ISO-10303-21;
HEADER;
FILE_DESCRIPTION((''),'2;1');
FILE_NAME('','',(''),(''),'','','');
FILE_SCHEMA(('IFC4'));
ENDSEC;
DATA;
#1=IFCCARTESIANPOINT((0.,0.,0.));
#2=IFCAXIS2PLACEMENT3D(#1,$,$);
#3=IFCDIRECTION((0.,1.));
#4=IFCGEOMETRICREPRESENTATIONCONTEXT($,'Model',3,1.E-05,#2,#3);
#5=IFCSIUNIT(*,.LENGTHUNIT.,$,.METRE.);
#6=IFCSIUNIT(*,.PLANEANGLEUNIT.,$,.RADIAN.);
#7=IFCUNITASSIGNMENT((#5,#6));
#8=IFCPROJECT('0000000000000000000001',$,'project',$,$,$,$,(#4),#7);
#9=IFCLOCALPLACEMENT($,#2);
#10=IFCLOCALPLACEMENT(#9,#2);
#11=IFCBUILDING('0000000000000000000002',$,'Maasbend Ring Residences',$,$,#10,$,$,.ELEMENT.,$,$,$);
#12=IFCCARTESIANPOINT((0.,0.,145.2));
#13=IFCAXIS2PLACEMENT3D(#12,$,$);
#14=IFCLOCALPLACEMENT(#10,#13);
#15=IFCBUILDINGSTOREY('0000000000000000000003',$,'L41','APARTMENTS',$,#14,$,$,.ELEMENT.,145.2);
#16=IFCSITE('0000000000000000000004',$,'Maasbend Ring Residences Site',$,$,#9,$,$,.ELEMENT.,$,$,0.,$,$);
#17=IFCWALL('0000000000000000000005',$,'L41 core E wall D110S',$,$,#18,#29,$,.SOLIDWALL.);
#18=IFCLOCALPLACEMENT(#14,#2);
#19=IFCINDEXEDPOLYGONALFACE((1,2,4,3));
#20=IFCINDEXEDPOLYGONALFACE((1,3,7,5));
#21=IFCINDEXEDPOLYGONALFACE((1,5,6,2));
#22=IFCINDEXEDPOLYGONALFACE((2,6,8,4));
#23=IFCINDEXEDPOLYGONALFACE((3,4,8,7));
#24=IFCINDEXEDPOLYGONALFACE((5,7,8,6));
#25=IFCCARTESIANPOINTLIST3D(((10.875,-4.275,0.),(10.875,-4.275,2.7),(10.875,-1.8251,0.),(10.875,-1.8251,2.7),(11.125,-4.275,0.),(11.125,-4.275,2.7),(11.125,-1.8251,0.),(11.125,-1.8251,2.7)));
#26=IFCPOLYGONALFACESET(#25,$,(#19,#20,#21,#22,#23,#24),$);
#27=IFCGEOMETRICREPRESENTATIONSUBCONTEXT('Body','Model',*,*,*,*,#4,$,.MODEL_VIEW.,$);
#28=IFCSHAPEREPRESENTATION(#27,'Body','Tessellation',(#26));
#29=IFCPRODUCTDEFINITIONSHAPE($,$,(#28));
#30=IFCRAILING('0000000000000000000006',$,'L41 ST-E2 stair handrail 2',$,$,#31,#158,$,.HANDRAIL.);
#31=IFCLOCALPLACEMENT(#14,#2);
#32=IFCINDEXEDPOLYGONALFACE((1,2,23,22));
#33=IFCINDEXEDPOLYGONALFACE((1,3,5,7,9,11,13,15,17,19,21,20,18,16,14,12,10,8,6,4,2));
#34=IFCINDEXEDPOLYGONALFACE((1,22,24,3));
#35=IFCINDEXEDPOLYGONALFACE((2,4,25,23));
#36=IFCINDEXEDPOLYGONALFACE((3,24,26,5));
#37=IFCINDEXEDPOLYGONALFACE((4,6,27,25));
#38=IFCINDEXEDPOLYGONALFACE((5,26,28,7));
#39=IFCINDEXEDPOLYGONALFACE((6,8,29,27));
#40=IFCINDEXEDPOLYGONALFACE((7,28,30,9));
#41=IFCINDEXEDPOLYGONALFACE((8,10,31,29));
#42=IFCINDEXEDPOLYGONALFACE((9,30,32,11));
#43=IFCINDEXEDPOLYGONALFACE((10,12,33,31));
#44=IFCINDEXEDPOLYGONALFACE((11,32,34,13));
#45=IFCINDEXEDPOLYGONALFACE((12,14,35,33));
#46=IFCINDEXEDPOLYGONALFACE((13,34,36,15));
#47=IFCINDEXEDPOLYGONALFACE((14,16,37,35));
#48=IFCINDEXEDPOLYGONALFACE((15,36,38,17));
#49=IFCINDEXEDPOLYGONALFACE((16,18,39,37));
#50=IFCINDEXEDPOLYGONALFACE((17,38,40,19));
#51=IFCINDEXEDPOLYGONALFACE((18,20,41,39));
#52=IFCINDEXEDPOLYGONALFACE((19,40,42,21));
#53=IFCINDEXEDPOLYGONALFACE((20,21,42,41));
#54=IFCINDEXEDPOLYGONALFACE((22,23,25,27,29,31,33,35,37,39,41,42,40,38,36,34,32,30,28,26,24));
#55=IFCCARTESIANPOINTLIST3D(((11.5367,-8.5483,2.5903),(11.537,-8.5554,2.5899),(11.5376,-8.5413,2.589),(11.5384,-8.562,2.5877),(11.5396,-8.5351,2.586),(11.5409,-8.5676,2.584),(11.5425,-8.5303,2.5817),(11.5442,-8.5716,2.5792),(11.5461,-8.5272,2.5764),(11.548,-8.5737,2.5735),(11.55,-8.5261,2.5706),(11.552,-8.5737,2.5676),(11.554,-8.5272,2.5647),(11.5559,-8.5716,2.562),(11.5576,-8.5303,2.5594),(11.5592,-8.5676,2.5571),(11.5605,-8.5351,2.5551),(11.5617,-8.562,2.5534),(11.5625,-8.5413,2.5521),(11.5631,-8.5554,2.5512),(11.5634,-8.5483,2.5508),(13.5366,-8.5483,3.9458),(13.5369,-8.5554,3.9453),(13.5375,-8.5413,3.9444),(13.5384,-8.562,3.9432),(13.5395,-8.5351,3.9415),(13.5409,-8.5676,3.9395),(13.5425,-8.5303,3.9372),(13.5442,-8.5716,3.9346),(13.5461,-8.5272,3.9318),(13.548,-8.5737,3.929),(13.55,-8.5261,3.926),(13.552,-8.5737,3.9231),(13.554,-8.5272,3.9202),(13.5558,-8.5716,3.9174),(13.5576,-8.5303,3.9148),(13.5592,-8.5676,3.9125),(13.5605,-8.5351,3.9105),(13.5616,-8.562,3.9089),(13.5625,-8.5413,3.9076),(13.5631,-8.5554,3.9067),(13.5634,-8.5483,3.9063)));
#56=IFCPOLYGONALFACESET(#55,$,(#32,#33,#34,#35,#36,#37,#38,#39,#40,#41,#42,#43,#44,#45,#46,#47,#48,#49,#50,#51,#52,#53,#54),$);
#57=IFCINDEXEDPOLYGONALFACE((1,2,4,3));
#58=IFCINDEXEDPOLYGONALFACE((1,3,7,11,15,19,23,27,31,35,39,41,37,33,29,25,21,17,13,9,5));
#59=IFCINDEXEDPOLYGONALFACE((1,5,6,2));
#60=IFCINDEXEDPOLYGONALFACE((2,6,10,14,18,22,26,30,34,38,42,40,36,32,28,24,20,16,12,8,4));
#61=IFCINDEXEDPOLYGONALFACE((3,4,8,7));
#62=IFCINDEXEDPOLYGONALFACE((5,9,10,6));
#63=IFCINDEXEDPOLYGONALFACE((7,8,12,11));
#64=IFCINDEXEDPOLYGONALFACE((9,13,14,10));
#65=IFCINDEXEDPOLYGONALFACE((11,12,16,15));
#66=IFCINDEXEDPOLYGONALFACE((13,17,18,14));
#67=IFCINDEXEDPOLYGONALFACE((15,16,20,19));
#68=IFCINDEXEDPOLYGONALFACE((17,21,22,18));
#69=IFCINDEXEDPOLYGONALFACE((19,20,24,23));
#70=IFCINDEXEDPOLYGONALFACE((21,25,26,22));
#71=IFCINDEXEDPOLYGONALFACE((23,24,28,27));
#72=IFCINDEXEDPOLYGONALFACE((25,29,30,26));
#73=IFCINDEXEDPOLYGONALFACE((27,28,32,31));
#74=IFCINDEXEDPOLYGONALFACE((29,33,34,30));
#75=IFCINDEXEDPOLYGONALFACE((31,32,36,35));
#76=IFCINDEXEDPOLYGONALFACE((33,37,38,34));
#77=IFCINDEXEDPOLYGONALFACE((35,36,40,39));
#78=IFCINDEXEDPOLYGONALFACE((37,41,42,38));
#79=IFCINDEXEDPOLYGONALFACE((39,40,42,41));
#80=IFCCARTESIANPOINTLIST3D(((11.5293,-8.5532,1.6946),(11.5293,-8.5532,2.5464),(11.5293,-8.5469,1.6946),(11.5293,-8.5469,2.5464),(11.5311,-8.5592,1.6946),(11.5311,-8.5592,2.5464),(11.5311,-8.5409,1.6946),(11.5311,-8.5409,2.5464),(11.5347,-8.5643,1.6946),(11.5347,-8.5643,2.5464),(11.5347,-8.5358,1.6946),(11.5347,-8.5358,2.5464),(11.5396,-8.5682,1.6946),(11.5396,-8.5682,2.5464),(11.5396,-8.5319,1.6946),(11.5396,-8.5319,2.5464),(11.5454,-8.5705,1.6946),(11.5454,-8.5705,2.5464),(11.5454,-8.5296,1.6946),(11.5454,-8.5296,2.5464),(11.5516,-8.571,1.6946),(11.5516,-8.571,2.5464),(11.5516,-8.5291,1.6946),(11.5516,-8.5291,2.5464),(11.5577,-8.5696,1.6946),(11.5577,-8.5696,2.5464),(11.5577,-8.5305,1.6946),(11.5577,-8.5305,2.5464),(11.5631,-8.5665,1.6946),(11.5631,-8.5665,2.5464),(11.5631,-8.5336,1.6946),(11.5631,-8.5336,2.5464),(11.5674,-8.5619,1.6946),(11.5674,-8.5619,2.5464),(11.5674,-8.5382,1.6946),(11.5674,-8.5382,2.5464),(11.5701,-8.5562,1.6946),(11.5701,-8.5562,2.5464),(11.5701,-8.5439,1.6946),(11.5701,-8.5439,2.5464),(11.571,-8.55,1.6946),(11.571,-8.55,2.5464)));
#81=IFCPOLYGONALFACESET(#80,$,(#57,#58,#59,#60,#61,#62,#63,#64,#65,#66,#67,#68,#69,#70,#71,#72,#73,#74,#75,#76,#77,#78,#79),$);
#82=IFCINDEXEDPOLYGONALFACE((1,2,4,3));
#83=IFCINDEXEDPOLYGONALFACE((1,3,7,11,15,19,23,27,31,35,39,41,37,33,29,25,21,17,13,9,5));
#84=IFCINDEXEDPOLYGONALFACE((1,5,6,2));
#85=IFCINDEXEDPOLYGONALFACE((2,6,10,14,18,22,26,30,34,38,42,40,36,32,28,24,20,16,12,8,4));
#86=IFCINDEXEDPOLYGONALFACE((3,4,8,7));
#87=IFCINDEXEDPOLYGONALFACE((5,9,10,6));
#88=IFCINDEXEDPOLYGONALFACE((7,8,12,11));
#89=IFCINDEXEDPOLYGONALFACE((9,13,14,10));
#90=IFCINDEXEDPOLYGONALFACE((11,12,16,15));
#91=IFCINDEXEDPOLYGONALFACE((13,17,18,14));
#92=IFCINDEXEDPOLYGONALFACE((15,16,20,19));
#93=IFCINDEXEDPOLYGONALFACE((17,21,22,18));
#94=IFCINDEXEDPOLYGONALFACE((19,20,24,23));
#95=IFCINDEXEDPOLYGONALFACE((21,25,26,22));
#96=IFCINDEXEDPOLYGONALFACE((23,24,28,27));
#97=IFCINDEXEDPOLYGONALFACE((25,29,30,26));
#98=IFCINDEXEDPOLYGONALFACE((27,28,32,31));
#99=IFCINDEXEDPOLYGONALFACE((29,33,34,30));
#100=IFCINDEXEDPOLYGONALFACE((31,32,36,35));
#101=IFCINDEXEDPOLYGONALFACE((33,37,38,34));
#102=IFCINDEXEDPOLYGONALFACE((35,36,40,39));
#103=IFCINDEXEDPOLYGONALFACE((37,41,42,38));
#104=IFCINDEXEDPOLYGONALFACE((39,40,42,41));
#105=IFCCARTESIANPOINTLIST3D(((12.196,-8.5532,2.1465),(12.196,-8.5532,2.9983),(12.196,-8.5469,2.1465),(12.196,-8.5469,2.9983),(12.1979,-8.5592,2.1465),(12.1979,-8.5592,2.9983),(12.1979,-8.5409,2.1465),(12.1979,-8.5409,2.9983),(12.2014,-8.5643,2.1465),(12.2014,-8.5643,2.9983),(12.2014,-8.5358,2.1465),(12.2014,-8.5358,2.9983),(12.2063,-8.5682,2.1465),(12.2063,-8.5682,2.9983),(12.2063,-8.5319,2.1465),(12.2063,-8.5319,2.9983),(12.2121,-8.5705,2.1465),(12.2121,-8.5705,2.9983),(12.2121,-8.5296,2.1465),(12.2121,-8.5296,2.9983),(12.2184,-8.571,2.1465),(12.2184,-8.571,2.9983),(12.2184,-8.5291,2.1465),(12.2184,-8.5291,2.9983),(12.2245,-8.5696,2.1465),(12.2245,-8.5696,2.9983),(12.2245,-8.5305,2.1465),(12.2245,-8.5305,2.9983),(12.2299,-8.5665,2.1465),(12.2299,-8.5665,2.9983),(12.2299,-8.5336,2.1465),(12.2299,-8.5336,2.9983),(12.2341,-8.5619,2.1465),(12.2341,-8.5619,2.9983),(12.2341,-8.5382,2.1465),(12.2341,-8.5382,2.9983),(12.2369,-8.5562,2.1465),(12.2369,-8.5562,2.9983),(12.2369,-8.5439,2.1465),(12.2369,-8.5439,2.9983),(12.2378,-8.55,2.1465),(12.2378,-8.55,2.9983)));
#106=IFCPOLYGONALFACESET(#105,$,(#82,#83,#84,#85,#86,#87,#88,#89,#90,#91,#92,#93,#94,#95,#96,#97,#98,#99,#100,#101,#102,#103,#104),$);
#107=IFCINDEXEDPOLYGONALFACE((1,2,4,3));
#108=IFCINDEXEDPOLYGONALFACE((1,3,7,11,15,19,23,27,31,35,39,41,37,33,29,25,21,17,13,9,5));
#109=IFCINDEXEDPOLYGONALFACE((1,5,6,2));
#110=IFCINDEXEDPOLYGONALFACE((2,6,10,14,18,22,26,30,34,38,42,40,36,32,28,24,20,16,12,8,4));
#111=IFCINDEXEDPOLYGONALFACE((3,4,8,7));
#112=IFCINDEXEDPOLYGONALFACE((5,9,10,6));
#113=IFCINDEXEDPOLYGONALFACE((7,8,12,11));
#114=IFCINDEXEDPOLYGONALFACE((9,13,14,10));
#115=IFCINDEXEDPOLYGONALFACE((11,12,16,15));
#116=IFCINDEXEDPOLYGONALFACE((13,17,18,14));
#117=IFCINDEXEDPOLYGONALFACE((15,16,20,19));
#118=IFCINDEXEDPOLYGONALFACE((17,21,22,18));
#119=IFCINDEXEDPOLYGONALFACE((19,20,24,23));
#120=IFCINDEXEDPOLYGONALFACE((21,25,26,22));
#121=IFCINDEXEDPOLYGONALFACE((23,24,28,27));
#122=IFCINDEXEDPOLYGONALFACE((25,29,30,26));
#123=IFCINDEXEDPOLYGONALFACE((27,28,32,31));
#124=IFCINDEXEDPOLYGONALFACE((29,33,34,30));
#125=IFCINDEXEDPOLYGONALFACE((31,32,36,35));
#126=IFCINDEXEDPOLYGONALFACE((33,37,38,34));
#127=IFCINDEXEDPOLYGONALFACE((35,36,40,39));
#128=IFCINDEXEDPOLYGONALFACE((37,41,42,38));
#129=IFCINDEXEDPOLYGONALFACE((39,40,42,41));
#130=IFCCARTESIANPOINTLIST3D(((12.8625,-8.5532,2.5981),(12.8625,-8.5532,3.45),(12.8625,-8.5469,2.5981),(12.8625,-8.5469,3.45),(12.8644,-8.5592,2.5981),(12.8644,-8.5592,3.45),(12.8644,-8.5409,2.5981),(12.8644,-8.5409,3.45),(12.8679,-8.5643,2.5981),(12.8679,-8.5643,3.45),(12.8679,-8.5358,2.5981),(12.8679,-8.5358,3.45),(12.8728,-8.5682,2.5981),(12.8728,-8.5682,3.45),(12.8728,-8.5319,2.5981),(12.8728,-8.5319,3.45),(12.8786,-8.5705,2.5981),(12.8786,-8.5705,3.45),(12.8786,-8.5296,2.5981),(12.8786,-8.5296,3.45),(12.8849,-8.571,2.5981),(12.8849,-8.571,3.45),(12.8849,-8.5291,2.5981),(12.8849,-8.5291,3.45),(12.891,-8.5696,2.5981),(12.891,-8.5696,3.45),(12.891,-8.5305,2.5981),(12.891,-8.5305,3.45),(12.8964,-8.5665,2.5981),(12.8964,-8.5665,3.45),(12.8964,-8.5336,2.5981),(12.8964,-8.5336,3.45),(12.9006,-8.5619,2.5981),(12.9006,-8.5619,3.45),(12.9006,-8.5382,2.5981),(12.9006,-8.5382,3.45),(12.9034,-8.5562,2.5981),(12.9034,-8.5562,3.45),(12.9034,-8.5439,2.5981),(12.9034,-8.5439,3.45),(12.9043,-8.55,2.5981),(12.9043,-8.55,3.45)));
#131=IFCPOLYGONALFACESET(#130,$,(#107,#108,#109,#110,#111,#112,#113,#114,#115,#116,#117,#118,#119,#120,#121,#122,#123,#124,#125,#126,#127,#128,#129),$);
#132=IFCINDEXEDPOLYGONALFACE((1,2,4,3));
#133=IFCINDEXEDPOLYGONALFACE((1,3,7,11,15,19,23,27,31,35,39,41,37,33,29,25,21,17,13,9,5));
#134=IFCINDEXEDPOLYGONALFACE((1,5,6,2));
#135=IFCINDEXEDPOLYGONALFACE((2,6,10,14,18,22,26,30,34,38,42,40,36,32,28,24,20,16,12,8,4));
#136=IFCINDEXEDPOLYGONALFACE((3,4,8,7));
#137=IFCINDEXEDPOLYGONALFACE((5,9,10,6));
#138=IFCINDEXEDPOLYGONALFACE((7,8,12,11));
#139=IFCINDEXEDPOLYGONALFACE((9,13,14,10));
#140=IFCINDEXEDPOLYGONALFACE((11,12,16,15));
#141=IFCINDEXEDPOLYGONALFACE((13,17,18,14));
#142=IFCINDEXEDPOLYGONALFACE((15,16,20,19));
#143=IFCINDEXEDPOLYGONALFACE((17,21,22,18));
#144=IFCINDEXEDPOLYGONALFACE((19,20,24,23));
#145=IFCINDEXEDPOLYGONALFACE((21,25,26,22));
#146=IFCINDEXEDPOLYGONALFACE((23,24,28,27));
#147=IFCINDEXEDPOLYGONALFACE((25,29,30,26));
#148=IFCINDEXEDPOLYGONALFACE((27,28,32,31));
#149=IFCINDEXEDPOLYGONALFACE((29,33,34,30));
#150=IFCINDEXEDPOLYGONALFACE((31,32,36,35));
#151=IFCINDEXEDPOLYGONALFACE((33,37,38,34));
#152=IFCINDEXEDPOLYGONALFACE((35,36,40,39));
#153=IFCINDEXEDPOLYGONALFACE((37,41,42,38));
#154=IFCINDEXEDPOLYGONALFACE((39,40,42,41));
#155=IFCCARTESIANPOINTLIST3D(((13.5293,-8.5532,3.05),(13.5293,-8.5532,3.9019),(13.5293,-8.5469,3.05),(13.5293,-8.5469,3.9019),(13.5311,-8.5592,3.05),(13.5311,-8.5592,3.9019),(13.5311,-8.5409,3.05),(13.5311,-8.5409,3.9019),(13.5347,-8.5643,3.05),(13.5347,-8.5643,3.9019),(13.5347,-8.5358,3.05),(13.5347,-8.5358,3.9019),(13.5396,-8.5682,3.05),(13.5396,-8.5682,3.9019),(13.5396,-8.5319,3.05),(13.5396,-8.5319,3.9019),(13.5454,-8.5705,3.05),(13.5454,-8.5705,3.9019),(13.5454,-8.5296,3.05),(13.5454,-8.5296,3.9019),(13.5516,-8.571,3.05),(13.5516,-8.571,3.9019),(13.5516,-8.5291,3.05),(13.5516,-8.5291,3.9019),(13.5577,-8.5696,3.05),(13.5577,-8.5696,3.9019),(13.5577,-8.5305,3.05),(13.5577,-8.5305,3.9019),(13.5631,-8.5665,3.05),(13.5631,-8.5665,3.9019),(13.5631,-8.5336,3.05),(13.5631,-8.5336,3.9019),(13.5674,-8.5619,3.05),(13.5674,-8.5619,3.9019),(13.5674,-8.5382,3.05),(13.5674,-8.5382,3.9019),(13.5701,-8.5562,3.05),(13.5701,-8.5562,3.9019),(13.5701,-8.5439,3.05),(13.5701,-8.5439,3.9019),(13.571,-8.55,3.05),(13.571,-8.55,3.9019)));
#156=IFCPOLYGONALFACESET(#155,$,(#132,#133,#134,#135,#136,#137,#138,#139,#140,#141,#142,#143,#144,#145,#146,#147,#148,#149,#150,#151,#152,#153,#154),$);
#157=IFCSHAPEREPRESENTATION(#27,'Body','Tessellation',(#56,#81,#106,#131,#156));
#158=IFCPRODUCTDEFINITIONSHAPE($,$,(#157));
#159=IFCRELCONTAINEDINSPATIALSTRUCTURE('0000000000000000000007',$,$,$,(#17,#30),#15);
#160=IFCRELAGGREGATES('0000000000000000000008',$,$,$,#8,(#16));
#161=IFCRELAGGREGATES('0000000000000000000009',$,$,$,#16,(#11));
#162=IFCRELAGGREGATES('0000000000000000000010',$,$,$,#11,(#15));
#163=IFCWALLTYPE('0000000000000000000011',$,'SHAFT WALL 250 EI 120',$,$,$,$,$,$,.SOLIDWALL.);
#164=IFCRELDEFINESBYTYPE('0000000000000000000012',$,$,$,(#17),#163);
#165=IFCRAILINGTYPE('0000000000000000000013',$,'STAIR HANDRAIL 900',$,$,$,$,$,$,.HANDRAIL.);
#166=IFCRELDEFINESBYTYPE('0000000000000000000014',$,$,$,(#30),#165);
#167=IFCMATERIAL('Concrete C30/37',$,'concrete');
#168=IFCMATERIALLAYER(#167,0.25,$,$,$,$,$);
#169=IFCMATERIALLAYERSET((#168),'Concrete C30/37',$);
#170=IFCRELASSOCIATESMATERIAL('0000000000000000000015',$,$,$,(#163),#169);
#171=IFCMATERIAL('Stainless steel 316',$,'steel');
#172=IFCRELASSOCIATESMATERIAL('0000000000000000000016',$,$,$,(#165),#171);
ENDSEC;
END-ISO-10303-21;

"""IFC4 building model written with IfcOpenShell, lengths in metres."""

from ifc_helpers import new_model, si_unit, direction, frame, frame_2d, origin, origin_2d, place, context, subcontext, project, spatial, rectangle, circle, extrude, material, layer, layer_set, type_object, element, save


model = new_model("IFC4")

# Units and contexts
model_context = context("Model", 3, precision=1e-05, world=origin(), true_north=direction((0.0, 1.0)))
body_context = subcontext(model_context, "Body", "Model", "MODEL_VIEW")
ifc_project = project(units=[si_unit("LENGTHUNIT", "METRE"), si_unit("PLANEANGLEUNIT", "RADIAN")], contexts=[model_context])

# Site, building, storey
site_placement = place(None, origin())
site = spatial("IfcSite", under=ifc_project, at=site_placement, Name="Maasbend Ring Residences Site", CompositionType="ELEMENT", RefElevation=0.0)
building_placement = place(site_placement, origin())
building = spatial("IfcBuilding", under=site, at=building_placement, Name="Maasbend Ring Residences", CompositionType="ELEMENT")
storey_placement = place(building_placement, frame((0.0, 0.0, 145.2)))
storey = spatial("IfcBuildingStorey", under=building, at=storey_placement, Name="L41", Description="APARTMENTS", CompositionType="ELEMENT", Elevation=145.2)

# Wall
ifc_material_1 = material(Name="Concrete C30/37", Category="concrete")
ifc_layer_1 = layer(ifc_material_1, 0.25)
ifc_layer_set_1 = layer_set([ifc_layer_1], Name="Concrete C30/37")
wall_type_1 = type_object("IfcWallType", Name="SHAFT WALL 250 EI 120", PredefinedType="SOLIDWALL", material=ifc_layer_set_1)
wall_1_placement = place(storey_placement, frame((11.0, -1.825, 0.0), z_axis=(0.0, 0.0, 1.0), x_axis=(0.0, -1.0, 0.0)))
element("IfcWall", 1, at=wall_1_placement, inside=storey, type_object=wall_type_1, Name="L41 core E wall D110S", PredefinedType="SOLIDWALL", context=body_context, shape_type="SweptSolid", body=[
    extrude(rectangle(XDim=2.45, YDim=0.25, at=frame_2d((1.2251, 0.0))), origin(), (0.0, 0.0, 1.0), 2.7),
])

# Railing
ifc_material_2 = material(Name="Stainless steel 316", Category="steel")
railing_type = type_object("IfcRailingType", Name="STAIR HANDRAIL 900", PredefinedType="HANDRAIL", material=ifc_material_2)
railing_placement = place(storey_placement, frame((11.55, -8.55, 1.6946)))
element("IfcRailing", 2, at=railing_placement, inside=storey, type_object=railing_type, Name="L41 ST-E2 stair handrail 2", PredefinedType="HANDRAIL", context=body_context, shape_type="SweptSolid", body=[
    extrude(circle(Radius=0.0239, at=origin_2d()), frame((0.0, 0.0, 0.876), z_axis=(0.827798, 0.0, 0.561027), x_axis=(0.0, 1.0, 0.0)), (0.0, 0.0, 1.0), 2.416),
    extrude(circle(Radius=0.021, at=origin_2d()), origin(), (0.0, 0.0, 1.0), 0.8518),
    extrude(circle(Radius=0.021, at=origin_2d()), frame((0.6667, 0.0, 0.4519)), (0.0, 0.0, 1.0), 0.8518),
    extrude(circle(Radius=0.021, at=origin_2d()), frame((1.3333, 0.0, 0.9036)), (0.0, 0.0, 1.0), 0.8518),
    extrude(circle(Radius=0.021, at=origin_2d()), frame((2.0, 0.0, 1.3555)), (0.0, 0.0, 1.0), 0.8518),
])

save(model, "model.ifc")
